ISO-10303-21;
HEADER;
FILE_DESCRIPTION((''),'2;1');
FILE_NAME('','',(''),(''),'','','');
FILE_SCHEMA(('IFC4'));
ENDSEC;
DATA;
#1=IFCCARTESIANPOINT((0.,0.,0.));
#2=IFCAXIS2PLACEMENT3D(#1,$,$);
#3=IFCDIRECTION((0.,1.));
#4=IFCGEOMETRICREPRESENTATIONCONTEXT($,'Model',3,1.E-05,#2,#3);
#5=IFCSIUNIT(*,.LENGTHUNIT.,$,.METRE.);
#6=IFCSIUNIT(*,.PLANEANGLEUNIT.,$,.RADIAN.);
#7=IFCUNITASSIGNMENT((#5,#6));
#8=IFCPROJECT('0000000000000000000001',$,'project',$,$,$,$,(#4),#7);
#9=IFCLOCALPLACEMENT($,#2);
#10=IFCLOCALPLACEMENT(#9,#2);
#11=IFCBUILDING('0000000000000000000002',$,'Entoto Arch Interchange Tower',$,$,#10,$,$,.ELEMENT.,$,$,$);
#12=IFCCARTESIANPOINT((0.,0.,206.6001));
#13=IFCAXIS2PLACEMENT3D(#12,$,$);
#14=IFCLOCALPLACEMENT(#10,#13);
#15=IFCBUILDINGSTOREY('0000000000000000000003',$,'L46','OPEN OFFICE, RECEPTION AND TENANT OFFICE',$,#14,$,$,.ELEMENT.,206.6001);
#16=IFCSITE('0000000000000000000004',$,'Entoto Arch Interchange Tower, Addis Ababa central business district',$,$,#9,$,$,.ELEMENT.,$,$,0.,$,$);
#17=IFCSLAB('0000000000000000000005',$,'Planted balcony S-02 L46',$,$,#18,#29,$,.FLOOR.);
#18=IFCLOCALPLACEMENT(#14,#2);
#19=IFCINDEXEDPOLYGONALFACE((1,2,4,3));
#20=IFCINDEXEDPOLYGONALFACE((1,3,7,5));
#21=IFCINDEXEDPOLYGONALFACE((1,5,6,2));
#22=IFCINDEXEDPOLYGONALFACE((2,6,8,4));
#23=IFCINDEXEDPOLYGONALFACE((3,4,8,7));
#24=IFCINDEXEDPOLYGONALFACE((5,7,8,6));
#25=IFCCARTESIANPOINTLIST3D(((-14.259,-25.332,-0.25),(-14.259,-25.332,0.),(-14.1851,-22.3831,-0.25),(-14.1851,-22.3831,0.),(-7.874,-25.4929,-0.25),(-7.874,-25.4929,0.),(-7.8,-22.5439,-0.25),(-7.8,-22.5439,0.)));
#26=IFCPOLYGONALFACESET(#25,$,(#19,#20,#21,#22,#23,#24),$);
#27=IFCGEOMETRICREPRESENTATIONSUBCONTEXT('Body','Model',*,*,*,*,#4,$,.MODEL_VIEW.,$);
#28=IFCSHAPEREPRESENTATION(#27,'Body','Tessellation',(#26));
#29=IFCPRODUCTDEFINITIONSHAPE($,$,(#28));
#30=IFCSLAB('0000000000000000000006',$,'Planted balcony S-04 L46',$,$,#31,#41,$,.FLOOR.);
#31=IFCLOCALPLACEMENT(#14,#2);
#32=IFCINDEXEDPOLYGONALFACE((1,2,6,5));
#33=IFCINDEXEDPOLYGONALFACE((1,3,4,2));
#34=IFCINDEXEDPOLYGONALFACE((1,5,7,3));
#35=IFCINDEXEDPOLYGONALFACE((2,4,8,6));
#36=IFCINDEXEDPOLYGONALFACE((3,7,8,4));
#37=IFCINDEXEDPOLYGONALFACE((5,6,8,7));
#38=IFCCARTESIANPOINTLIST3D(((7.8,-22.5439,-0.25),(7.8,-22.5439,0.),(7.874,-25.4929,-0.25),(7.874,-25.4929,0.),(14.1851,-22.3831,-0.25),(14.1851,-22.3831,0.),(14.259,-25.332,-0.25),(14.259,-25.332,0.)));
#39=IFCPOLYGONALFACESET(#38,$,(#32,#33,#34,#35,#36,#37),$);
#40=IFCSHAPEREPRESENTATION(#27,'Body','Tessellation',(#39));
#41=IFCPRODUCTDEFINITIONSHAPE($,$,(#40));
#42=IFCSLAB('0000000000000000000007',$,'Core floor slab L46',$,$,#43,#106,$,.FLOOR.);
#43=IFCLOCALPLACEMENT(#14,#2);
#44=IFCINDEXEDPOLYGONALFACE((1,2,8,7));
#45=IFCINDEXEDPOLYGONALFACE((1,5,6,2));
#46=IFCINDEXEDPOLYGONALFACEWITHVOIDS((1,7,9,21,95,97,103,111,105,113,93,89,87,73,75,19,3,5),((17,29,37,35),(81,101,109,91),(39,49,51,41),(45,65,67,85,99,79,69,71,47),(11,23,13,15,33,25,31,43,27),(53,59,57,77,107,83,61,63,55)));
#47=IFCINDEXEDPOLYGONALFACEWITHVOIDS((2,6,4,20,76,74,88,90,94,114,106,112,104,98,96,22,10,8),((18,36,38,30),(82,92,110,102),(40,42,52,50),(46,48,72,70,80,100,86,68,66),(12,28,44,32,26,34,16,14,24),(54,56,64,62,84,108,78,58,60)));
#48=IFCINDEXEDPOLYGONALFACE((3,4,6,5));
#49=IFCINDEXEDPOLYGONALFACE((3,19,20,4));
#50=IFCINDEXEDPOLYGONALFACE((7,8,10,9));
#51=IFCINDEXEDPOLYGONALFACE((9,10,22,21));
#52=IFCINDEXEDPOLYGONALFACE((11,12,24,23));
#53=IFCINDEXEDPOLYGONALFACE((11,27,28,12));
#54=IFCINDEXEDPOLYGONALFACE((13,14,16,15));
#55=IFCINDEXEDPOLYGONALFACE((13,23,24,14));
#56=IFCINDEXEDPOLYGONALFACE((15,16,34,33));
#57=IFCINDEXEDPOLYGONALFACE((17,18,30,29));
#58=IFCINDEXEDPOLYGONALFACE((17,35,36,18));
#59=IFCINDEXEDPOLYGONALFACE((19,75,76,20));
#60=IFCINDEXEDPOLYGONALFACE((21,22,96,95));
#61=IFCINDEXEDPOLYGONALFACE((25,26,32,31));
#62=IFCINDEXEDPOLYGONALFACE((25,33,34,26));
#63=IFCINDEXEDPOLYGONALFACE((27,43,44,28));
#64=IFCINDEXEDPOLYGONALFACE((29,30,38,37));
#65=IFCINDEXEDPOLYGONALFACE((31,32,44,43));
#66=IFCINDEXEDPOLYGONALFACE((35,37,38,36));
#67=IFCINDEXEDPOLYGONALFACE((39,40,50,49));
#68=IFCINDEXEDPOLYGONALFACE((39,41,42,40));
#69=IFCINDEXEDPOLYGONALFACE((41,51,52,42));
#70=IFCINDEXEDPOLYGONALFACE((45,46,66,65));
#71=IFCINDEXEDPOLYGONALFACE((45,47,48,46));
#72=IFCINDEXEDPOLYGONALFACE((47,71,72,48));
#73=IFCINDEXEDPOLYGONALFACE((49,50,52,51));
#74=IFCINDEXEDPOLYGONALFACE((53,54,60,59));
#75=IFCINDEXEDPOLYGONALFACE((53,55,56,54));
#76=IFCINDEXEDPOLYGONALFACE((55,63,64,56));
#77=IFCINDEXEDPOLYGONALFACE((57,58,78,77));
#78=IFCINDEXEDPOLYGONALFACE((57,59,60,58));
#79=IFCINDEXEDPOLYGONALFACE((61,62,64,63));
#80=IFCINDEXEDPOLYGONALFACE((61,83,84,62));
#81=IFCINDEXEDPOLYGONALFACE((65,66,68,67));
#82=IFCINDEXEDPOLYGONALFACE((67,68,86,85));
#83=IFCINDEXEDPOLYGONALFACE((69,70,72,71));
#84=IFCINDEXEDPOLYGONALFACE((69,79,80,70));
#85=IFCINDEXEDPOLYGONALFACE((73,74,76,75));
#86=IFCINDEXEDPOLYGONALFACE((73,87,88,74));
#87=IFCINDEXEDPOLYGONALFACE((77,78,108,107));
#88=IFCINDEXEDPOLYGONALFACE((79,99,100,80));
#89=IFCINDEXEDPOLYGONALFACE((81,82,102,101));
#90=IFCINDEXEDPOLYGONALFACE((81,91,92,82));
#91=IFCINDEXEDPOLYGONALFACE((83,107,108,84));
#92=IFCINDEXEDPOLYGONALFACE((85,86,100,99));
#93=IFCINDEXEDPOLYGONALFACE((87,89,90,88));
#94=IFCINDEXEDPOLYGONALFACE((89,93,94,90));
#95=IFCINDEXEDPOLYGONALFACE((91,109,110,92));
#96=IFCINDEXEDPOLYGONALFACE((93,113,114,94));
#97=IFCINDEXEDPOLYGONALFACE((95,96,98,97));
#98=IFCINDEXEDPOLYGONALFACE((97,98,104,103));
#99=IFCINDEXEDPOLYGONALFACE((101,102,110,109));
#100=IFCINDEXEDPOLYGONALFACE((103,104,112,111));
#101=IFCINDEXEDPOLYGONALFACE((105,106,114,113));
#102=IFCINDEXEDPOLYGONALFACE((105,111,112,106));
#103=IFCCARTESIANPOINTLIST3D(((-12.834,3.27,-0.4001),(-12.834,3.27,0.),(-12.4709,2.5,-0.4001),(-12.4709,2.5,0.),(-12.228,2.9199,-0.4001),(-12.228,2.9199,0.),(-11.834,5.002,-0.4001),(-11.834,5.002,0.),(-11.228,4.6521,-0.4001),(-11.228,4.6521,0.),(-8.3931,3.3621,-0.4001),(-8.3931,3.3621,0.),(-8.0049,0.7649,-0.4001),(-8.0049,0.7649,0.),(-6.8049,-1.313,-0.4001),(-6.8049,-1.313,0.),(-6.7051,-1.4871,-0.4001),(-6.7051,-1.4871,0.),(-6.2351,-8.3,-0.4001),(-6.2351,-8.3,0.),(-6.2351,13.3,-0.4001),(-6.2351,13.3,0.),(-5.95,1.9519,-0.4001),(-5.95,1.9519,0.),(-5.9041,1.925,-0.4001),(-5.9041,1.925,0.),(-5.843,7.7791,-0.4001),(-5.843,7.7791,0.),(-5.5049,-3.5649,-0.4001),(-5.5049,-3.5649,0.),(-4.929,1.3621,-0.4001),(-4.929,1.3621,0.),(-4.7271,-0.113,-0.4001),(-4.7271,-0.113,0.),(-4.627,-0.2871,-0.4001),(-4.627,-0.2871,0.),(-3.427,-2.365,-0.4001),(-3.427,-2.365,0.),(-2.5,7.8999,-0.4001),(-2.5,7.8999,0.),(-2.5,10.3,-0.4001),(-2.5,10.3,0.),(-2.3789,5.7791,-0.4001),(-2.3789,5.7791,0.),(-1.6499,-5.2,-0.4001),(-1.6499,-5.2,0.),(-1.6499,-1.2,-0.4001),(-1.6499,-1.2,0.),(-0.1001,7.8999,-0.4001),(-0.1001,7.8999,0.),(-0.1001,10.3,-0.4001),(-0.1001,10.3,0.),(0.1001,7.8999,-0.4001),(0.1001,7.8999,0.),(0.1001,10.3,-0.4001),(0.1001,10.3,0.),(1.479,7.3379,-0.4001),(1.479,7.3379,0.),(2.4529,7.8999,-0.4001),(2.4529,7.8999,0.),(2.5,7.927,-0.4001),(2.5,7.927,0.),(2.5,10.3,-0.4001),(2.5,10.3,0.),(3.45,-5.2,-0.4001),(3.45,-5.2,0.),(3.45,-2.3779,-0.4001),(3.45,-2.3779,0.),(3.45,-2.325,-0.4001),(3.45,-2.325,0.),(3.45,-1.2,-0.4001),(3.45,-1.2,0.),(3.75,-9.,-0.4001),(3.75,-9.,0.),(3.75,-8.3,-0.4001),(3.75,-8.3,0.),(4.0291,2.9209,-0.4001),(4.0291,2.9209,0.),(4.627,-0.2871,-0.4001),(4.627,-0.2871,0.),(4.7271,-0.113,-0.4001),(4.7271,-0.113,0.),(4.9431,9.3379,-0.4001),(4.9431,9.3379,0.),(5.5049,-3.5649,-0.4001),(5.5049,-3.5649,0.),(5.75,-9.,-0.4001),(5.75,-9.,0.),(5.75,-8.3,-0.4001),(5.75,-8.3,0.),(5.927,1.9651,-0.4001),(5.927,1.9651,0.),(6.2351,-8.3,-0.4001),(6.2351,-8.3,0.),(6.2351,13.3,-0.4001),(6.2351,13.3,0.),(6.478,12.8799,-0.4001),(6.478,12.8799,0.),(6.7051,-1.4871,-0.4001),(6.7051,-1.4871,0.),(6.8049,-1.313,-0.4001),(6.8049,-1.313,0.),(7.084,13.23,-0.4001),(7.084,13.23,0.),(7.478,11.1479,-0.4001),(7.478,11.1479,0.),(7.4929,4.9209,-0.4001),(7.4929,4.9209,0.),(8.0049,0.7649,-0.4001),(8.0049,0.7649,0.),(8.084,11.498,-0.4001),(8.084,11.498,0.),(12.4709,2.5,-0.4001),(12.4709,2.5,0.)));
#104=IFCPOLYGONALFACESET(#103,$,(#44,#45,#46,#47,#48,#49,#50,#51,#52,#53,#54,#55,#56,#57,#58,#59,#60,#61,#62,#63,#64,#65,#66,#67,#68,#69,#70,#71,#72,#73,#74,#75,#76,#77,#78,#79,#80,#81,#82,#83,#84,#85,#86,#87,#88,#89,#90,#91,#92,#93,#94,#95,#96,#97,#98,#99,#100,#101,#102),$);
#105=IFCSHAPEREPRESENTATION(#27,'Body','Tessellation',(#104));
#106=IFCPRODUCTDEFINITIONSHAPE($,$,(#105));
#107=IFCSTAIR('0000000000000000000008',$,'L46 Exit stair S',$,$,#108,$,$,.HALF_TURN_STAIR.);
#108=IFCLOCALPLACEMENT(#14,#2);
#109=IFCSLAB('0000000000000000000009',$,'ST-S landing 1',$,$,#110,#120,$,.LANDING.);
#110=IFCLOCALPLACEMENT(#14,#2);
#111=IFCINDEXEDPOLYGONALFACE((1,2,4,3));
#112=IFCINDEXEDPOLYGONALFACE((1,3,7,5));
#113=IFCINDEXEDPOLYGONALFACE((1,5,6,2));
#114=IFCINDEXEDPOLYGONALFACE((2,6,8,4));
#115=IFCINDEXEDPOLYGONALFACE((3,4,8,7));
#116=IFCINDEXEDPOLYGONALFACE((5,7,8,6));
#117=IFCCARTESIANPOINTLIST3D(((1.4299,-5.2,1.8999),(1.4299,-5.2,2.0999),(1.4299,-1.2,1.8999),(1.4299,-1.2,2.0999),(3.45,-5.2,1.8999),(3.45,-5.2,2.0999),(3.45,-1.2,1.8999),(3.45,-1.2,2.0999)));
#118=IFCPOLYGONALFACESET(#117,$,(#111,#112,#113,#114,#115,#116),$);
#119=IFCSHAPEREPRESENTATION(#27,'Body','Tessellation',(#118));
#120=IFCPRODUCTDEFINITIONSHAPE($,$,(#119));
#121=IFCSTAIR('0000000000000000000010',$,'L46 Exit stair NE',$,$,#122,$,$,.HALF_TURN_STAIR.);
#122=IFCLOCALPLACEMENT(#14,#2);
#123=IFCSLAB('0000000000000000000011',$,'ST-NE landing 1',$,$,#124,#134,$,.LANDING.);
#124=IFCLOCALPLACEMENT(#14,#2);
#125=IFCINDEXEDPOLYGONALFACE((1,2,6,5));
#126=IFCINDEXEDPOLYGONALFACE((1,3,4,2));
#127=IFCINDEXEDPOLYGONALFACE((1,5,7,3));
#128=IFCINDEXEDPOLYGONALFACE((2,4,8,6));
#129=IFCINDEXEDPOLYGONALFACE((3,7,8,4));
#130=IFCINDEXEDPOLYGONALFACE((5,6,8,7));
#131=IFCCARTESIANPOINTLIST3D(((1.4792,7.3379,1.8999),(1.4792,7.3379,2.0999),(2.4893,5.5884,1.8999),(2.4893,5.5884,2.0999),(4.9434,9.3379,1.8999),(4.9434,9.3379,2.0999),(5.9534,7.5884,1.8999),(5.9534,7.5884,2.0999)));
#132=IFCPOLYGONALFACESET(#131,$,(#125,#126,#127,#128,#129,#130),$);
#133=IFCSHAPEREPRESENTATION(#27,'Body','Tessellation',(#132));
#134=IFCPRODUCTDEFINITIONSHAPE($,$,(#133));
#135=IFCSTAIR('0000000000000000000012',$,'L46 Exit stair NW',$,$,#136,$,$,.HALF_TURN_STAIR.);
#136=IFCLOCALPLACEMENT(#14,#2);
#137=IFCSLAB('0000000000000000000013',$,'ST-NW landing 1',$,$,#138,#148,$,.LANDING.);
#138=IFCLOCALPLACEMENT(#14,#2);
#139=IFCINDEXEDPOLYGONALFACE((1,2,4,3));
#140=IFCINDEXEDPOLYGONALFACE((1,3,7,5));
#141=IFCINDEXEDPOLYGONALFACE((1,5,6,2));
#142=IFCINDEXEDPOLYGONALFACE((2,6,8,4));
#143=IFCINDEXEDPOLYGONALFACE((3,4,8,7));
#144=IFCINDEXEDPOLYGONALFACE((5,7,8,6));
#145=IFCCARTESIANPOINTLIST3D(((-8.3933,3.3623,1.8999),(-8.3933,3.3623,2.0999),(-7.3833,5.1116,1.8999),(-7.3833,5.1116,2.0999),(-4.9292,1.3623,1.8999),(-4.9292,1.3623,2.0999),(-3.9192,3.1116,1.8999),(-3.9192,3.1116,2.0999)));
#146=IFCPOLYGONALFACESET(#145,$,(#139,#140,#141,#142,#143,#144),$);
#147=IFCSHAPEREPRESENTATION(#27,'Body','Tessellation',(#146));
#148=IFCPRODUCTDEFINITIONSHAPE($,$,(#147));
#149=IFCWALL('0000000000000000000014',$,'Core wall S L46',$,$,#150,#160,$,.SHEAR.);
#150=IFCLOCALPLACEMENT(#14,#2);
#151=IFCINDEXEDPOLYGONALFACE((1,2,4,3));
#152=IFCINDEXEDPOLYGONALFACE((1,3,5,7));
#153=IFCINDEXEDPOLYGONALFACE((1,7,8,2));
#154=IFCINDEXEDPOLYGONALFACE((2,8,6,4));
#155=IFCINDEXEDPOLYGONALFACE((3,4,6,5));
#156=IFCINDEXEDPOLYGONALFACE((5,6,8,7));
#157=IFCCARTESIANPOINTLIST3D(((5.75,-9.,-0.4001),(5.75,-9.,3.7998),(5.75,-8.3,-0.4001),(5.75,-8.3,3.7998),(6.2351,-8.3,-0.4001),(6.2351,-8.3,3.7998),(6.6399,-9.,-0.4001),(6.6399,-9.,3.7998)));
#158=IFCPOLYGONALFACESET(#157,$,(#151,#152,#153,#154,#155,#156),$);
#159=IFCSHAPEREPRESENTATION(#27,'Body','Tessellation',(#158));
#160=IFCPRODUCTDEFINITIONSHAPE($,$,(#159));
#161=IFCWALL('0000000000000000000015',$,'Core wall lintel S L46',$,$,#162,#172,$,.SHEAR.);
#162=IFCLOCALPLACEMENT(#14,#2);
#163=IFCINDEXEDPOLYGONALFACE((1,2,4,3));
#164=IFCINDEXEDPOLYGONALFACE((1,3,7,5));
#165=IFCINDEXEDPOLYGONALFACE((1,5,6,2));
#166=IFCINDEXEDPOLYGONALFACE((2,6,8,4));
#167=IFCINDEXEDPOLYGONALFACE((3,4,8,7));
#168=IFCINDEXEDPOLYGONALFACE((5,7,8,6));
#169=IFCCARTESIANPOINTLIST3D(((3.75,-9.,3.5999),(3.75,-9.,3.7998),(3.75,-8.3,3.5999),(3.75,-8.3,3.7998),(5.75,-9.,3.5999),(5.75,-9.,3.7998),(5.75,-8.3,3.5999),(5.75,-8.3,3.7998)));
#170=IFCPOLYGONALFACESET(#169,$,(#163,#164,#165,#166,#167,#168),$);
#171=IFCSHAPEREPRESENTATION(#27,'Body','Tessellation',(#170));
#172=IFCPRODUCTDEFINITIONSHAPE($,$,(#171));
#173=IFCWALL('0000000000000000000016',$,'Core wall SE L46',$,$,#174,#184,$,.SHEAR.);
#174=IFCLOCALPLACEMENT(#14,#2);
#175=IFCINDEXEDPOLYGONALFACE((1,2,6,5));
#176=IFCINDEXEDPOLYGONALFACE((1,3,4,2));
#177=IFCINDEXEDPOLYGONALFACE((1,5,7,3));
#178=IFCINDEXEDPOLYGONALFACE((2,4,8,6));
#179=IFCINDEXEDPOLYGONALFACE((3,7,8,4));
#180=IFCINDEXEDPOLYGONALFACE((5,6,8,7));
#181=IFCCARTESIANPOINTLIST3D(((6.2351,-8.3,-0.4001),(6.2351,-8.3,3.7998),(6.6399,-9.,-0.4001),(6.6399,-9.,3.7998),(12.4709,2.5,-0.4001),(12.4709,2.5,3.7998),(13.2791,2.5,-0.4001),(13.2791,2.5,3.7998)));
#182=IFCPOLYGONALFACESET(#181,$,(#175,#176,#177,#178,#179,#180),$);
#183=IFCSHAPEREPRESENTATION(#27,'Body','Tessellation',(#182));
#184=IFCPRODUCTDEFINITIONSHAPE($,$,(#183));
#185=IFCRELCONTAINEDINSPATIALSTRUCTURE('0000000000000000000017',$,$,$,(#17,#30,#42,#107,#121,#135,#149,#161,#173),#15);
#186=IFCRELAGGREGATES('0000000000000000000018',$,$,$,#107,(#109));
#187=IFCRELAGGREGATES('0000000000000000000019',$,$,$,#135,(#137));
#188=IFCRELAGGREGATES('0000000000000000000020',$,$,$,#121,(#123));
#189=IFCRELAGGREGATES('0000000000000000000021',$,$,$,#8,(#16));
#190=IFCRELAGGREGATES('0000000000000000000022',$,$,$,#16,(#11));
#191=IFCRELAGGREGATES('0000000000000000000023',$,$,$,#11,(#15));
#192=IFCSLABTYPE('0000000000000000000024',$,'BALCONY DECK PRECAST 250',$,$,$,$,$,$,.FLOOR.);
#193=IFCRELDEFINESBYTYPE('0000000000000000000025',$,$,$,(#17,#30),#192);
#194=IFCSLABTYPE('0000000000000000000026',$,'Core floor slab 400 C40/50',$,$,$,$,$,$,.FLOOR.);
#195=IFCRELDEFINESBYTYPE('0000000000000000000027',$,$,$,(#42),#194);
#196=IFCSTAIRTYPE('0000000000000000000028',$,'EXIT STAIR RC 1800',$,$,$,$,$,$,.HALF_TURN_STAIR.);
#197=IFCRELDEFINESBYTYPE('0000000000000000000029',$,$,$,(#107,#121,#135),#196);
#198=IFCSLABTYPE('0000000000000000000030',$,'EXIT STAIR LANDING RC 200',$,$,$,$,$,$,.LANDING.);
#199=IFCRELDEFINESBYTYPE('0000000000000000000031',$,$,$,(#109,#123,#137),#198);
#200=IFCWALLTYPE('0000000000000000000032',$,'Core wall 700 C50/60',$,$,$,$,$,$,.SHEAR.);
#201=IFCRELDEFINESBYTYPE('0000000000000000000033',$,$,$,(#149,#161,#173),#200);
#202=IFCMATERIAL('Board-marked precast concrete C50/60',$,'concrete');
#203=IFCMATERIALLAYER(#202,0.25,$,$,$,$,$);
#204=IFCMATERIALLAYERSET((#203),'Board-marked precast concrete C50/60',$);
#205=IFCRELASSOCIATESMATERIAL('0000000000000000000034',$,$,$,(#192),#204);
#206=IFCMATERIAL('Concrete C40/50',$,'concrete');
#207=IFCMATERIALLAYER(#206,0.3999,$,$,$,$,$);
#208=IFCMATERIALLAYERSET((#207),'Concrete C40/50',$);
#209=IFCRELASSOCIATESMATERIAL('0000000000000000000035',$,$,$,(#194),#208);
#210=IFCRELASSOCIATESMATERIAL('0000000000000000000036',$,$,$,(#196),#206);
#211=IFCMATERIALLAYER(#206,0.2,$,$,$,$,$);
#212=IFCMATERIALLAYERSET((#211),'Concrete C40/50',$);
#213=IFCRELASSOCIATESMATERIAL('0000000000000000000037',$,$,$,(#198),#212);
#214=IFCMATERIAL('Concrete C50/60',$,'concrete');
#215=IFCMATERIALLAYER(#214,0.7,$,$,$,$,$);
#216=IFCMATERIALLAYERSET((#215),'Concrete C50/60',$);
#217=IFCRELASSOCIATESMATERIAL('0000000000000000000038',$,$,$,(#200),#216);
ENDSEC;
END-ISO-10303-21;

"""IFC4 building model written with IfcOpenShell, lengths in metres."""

from ifc_helpers import new_model, si_unit, direction, frame, origin, place, context, subcontext, project, spatial, polyline, outline, extrude, material, layer, layer_set, type_object, element, aggregate, save


model = new_model("IFC4")

# Units and contexts
model_context = context("Model", 3, precision=1e-05, world=origin(), true_north=direction((0.0, 1.0)))
body_context = subcontext(model_context, "Body", "Model", "MODEL_VIEW")
ifc_project = project(units=[si_unit("LENGTHUNIT", "METRE"), si_unit("PLANEANGLEUNIT", "RADIAN")], contexts=[model_context])

# Site, building, storey
site_placement = place(None, origin())
site = spatial("IfcSite", under=ifc_project, at=site_placement, Name="Entoto Arch Interchange Tower, Addis Ababa central business district", CompositionType="ELEMENT", RefElevation=0.0)
building_placement = place(site_placement, origin())
building = spatial("IfcBuilding", under=site, at=building_placement, Name="Entoto Arch Interchange Tower", CompositionType="ELEMENT")
storey_placement = place(building_placement, frame((0.0, 0.0, 206.6001)))
storey = spatial("IfcBuildingStorey", under=building, at=storey_placement, Name="L46", Description="OPEN OFFICE, RECEPTION AND TENANT OFFICE", CompositionType="ELEMENT", Elevation=206.6001)

# Slabs
ifc_material_1 = material(Name="Board-marked precast concrete C50/60", Category="concrete")
ifc_layer_1 = layer(ifc_material_1, 0.25)
ifc_layer_set_1 = layer_set([ifc_layer_1], Name="Board-marked precast concrete C50/60")
slab_type_1 = type_object("IfcSlabType", Name="BALCONY DECK PRECAST 250", PredefinedType="FLOOR", material=ifc_layer_set_1)
slab_1_placement = place(storey_placement, frame((0.0, 0.0, -0.25)))
element("IfcSlab", 1, at=slab_1_placement, inside=storey, type_object=slab_type_1, Name="Planted balcony S-02 L46", PredefinedType="FLOOR", context=body_context, shape_type="SweptSolid", body=[
    extrude(outline(polyline([(-14.1851, -22.3831), (-7.8, -22.5439), (-7.874, -25.4929), (-14.259, -25.332), (-14.1851, -22.3831)])), origin(), (0.0, 0.0, 1.0), 0.25),
])
slab_2_placement = place(storey_placement, frame((0.0, 0.0, -0.25)))
element("IfcSlab", 2, at=slab_2_placement, inside=storey, type_object=slab_type_1, Name="Planted balcony S-04 L46", PredefinedType="FLOOR", context=body_context, shape_type="SweptSolid", body=[
    extrude(outline(polyline([(7.8, -22.5439), (14.1851, -22.3831), (14.259, -25.332), (7.874, -25.4929), (7.8, -22.5439)])), origin(), (0.0, 0.0, 1.0), 0.25),
])
ifc_material_2 = material(Name="Concrete C40/50", Category="concrete")
ifc_layer_2 = layer(ifc_material_2, 0.3999)
ifc_layer_set_2 = layer_set([ifc_layer_2], Name="Concrete C40/50")
slab_type_2 = type_object("IfcSlabType", Name="Core floor slab 400 C40/50", PredefinedType="FLOOR", material=ifc_layer_set_2)
slab_3_placement = place(storey_placement, frame((0.0, 0.0, -0.4001)))
element("IfcSlab", 3, at=slab_3_placement, inside=storey, type_object=slab_type_2, Name="Core floor slab L46", PredefinedType="FLOOR", context=body_context, shape_type="SweptSolid", body=[
    extrude(outline(polyline([(5.75, -9.0), (3.75, -9.0), (3.75, -8.3), (-6.2351, -8.3), (-12.4709, 2.5), (-12.228, 2.9199), (-12.834, 3.27), (-11.834, 5.002), (-11.228, 4.6521), (-6.2351, 13.3), (6.2351, 13.3), (6.478, 12.8799), (7.084, 13.23), (8.084, 11.498), (7.478, 11.1479), (12.4709, 2.5), (6.2351, -8.3), (5.75, -8.3), (5.75, -9.0)]), holes=[polyline([(-1.6499, -5.2), (3.45, -5.2), (3.45, -2.3779), (5.5049, -3.5649), (6.7051, -1.4871), (4.627, -0.2871), (3.45, -2.325), (3.45, -1.2), (-1.6499, -1.2), (-1.6499, -5.2)]), polyline([(-4.627, -0.2871), (-6.7051, -1.4871), (-5.5049, -3.5649), (-3.427, -2.365), (-4.627, -0.2871)]), polyline([(-5.9041, 1.925), (-4.929, 1.3621), (-2.3789, 5.7791), (-5.843, 7.7791), (-8.3931, 3.3621), (-5.95, 1.9519), (-8.0049, 0.7649), (-6.8049, -1.313), (-4.7271, -0.113), (-5.9041, 1.925)]), polyline([(4.7271, -0.113), (6.8049, -1.313), (8.0049, 0.7649), (5.927, 1.9651), (4.7271, -0.113)]), polyline([(2.5, 7.927), (2.5, 10.3), (0.1001, 10.3), (0.1001, 7.8999), (2.4529, 7.8999), (1.479, 7.3379), (4.0291, 2.9209), (7.4929, 4.9209), (4.9431, 9.3379), (2.5, 7.927)]), polyline([(-2.5, 7.8999), (-0.1001, 7.8999), (-0.1001, 10.3), (-2.5, 10.3), (-2.5, 7.8999)])]), origin(), (0.0, 0.0, 1.0), 0.4001),
])

# Stairs, slabs
stair_type = type_object("IfcStairType", Name="EXIT STAIR RC 1800", PredefinedType="HALF_TURN_STAIR", material=ifc_material_2)
stair_1_placement = place(storey_placement, origin())
stair_1 = element("IfcStair", 4, at=stair_1_placement, inside=storey, type_object=stair_type, Name="L46 Exit stair S", PredefinedType="HALF_TURN_STAIR")
ifc_layer_3 = layer(ifc_material_2, 0.2)
ifc_layer_set_3 = layer_set([ifc_layer_3], Name="Concrete C40/50")
slab_type_3 = type_object("IfcSlabType", Name="EXIT STAIR LANDING RC 200", PredefinedType="LANDING", material=ifc_layer_set_3)
slab_4_placement = place(storey_placement, frame((0.0, 0.0, 1.8999)))
slab_4 = element("IfcSlab", 5, at=slab_4_placement, type_object=slab_type_3, Name="ST-S landing 1", PredefinedType="LANDING", context=body_context, shape_type="SweptSolid", body=[
    extrude(outline(polyline([(1.4299, -5.2), (3.45, -5.2), (3.45, -1.2), (1.4299, -1.2), (1.4299, -5.2)])), origin(), (0.0, 0.0, 1.0), 0.2),
])
aggregate(stair_1, [slab_4])
stair_2_placement = place(storey_placement, origin())
stair_2 = element("IfcStair", 6, at=stair_2_placement, inside=storey, type_object=stair_type, Name="L46 Exit stair NE", PredefinedType="HALF_TURN_STAIR")
slab_5_placement = place(storey_placement, frame((0.0, 0.0, 1.8999)))
slab_5 = element("IfcSlab", 7, at=slab_5_placement, type_object=slab_type_3, Name="ST-NE landing 1", PredefinedType="LANDING", context=body_context, shape_type="SweptSolid", body=[
    extrude(outline(polyline([(5.9534, 7.5884), (4.9434, 9.3379), (1.4792, 7.3379), (2.4893, 5.5884), (5.9534, 7.5884)])), origin(), (0.0, 0.0, 1.0), 0.2),
])
stair_3_placement = place(storey_placement, origin())
stair_3 = element("IfcStair", 8, at=stair_3_placement, inside=storey, type_object=stair_type, Name="L46 Exit stair NW", PredefinedType="HALF_TURN_STAIR")
slab_6_placement = place(storey_placement, frame((0.0, 0.0, 1.8999)))
slab_6 = element("IfcSlab", 9, at=slab_6_placement, type_object=slab_type_3, Name="ST-NW landing 1", PredefinedType="LANDING", context=body_context, shape_type="SweptSolid", body=[
    extrude(outline(polyline([(-7.3833, 5.1116), (-8.3933, 3.3623), (-4.9292, 1.3623), (-3.9192, 3.1116), (-7.3833, 5.1116)])), origin(), (0.0, 0.0, 1.0), 0.2),
])
aggregate(stair_3, [slab_6])

# Walls
ifc_material_3 = material(Name="Concrete C50/60", Category="concrete")
ifc_layer_4 = layer(ifc_material_3, 0.7)
ifc_layer_set_4 = layer_set([ifc_layer_4], Name="Concrete C50/60")
wall_type_1 = type_object("IfcWallType", Name="Core wall 700 C50/60", PredefinedType="SHEAR", material=ifc_layer_set_4)
wall_1_placement = place(storey_placement, frame((0.0, 0.0, -0.4001)))
element("IfcWall", 10, at=wall_1_placement, inside=storey, type_object=wall_type_1, Name="Core wall S L46", PredefinedType="SHEAR", context=body_context, shape_type="SweptSolid", body=[
    extrude(outline(polyline([(5.75, -8.3), (5.75, -9.0), (6.6399, -9.0), (6.2351, -8.3), (5.75, -8.3)])), origin(), (0.0, 0.0, 1.0), 4.2),
])
wall_2_placement = place(storey_placement, frame((0.0, 0.0, 3.5999)))
element("IfcWall", 11, at=wall_2_placement, inside=storey, type_object=wall_type_1, Name="Core wall lintel S L46", PredefinedType="SHEAR", context=body_context, shape_type="SweptSolid", body=[
    extrude(outline(polyline([(5.75, -9.0), (5.75, -8.3), (3.75, -8.3), (3.75, -9.0), (5.75, -9.0)])), origin(), (0.0, 0.0, 1.0), 0.2),
])
wall_3_placement = place(storey_placement, frame((0.0, 0.0, -0.4001)))
element("IfcWall", 12, at=wall_3_placement, inside=storey, type_object=wall_type_1, Name="Core wall SE L46", PredefinedType="SHEAR", context=body_context, shape_type="SweptSolid", body=[
    extrude(outline(polyline([(6.6399, -9.0), (13.2791, 2.5), (12.4709, 2.5), (6.2351, -8.3), (6.6399, -9.0)])), origin(), (0.0, 0.0, 1.0), 4.2),
])

aggregate(stair_2, [slab_5])

save(model, "model.ifc")
